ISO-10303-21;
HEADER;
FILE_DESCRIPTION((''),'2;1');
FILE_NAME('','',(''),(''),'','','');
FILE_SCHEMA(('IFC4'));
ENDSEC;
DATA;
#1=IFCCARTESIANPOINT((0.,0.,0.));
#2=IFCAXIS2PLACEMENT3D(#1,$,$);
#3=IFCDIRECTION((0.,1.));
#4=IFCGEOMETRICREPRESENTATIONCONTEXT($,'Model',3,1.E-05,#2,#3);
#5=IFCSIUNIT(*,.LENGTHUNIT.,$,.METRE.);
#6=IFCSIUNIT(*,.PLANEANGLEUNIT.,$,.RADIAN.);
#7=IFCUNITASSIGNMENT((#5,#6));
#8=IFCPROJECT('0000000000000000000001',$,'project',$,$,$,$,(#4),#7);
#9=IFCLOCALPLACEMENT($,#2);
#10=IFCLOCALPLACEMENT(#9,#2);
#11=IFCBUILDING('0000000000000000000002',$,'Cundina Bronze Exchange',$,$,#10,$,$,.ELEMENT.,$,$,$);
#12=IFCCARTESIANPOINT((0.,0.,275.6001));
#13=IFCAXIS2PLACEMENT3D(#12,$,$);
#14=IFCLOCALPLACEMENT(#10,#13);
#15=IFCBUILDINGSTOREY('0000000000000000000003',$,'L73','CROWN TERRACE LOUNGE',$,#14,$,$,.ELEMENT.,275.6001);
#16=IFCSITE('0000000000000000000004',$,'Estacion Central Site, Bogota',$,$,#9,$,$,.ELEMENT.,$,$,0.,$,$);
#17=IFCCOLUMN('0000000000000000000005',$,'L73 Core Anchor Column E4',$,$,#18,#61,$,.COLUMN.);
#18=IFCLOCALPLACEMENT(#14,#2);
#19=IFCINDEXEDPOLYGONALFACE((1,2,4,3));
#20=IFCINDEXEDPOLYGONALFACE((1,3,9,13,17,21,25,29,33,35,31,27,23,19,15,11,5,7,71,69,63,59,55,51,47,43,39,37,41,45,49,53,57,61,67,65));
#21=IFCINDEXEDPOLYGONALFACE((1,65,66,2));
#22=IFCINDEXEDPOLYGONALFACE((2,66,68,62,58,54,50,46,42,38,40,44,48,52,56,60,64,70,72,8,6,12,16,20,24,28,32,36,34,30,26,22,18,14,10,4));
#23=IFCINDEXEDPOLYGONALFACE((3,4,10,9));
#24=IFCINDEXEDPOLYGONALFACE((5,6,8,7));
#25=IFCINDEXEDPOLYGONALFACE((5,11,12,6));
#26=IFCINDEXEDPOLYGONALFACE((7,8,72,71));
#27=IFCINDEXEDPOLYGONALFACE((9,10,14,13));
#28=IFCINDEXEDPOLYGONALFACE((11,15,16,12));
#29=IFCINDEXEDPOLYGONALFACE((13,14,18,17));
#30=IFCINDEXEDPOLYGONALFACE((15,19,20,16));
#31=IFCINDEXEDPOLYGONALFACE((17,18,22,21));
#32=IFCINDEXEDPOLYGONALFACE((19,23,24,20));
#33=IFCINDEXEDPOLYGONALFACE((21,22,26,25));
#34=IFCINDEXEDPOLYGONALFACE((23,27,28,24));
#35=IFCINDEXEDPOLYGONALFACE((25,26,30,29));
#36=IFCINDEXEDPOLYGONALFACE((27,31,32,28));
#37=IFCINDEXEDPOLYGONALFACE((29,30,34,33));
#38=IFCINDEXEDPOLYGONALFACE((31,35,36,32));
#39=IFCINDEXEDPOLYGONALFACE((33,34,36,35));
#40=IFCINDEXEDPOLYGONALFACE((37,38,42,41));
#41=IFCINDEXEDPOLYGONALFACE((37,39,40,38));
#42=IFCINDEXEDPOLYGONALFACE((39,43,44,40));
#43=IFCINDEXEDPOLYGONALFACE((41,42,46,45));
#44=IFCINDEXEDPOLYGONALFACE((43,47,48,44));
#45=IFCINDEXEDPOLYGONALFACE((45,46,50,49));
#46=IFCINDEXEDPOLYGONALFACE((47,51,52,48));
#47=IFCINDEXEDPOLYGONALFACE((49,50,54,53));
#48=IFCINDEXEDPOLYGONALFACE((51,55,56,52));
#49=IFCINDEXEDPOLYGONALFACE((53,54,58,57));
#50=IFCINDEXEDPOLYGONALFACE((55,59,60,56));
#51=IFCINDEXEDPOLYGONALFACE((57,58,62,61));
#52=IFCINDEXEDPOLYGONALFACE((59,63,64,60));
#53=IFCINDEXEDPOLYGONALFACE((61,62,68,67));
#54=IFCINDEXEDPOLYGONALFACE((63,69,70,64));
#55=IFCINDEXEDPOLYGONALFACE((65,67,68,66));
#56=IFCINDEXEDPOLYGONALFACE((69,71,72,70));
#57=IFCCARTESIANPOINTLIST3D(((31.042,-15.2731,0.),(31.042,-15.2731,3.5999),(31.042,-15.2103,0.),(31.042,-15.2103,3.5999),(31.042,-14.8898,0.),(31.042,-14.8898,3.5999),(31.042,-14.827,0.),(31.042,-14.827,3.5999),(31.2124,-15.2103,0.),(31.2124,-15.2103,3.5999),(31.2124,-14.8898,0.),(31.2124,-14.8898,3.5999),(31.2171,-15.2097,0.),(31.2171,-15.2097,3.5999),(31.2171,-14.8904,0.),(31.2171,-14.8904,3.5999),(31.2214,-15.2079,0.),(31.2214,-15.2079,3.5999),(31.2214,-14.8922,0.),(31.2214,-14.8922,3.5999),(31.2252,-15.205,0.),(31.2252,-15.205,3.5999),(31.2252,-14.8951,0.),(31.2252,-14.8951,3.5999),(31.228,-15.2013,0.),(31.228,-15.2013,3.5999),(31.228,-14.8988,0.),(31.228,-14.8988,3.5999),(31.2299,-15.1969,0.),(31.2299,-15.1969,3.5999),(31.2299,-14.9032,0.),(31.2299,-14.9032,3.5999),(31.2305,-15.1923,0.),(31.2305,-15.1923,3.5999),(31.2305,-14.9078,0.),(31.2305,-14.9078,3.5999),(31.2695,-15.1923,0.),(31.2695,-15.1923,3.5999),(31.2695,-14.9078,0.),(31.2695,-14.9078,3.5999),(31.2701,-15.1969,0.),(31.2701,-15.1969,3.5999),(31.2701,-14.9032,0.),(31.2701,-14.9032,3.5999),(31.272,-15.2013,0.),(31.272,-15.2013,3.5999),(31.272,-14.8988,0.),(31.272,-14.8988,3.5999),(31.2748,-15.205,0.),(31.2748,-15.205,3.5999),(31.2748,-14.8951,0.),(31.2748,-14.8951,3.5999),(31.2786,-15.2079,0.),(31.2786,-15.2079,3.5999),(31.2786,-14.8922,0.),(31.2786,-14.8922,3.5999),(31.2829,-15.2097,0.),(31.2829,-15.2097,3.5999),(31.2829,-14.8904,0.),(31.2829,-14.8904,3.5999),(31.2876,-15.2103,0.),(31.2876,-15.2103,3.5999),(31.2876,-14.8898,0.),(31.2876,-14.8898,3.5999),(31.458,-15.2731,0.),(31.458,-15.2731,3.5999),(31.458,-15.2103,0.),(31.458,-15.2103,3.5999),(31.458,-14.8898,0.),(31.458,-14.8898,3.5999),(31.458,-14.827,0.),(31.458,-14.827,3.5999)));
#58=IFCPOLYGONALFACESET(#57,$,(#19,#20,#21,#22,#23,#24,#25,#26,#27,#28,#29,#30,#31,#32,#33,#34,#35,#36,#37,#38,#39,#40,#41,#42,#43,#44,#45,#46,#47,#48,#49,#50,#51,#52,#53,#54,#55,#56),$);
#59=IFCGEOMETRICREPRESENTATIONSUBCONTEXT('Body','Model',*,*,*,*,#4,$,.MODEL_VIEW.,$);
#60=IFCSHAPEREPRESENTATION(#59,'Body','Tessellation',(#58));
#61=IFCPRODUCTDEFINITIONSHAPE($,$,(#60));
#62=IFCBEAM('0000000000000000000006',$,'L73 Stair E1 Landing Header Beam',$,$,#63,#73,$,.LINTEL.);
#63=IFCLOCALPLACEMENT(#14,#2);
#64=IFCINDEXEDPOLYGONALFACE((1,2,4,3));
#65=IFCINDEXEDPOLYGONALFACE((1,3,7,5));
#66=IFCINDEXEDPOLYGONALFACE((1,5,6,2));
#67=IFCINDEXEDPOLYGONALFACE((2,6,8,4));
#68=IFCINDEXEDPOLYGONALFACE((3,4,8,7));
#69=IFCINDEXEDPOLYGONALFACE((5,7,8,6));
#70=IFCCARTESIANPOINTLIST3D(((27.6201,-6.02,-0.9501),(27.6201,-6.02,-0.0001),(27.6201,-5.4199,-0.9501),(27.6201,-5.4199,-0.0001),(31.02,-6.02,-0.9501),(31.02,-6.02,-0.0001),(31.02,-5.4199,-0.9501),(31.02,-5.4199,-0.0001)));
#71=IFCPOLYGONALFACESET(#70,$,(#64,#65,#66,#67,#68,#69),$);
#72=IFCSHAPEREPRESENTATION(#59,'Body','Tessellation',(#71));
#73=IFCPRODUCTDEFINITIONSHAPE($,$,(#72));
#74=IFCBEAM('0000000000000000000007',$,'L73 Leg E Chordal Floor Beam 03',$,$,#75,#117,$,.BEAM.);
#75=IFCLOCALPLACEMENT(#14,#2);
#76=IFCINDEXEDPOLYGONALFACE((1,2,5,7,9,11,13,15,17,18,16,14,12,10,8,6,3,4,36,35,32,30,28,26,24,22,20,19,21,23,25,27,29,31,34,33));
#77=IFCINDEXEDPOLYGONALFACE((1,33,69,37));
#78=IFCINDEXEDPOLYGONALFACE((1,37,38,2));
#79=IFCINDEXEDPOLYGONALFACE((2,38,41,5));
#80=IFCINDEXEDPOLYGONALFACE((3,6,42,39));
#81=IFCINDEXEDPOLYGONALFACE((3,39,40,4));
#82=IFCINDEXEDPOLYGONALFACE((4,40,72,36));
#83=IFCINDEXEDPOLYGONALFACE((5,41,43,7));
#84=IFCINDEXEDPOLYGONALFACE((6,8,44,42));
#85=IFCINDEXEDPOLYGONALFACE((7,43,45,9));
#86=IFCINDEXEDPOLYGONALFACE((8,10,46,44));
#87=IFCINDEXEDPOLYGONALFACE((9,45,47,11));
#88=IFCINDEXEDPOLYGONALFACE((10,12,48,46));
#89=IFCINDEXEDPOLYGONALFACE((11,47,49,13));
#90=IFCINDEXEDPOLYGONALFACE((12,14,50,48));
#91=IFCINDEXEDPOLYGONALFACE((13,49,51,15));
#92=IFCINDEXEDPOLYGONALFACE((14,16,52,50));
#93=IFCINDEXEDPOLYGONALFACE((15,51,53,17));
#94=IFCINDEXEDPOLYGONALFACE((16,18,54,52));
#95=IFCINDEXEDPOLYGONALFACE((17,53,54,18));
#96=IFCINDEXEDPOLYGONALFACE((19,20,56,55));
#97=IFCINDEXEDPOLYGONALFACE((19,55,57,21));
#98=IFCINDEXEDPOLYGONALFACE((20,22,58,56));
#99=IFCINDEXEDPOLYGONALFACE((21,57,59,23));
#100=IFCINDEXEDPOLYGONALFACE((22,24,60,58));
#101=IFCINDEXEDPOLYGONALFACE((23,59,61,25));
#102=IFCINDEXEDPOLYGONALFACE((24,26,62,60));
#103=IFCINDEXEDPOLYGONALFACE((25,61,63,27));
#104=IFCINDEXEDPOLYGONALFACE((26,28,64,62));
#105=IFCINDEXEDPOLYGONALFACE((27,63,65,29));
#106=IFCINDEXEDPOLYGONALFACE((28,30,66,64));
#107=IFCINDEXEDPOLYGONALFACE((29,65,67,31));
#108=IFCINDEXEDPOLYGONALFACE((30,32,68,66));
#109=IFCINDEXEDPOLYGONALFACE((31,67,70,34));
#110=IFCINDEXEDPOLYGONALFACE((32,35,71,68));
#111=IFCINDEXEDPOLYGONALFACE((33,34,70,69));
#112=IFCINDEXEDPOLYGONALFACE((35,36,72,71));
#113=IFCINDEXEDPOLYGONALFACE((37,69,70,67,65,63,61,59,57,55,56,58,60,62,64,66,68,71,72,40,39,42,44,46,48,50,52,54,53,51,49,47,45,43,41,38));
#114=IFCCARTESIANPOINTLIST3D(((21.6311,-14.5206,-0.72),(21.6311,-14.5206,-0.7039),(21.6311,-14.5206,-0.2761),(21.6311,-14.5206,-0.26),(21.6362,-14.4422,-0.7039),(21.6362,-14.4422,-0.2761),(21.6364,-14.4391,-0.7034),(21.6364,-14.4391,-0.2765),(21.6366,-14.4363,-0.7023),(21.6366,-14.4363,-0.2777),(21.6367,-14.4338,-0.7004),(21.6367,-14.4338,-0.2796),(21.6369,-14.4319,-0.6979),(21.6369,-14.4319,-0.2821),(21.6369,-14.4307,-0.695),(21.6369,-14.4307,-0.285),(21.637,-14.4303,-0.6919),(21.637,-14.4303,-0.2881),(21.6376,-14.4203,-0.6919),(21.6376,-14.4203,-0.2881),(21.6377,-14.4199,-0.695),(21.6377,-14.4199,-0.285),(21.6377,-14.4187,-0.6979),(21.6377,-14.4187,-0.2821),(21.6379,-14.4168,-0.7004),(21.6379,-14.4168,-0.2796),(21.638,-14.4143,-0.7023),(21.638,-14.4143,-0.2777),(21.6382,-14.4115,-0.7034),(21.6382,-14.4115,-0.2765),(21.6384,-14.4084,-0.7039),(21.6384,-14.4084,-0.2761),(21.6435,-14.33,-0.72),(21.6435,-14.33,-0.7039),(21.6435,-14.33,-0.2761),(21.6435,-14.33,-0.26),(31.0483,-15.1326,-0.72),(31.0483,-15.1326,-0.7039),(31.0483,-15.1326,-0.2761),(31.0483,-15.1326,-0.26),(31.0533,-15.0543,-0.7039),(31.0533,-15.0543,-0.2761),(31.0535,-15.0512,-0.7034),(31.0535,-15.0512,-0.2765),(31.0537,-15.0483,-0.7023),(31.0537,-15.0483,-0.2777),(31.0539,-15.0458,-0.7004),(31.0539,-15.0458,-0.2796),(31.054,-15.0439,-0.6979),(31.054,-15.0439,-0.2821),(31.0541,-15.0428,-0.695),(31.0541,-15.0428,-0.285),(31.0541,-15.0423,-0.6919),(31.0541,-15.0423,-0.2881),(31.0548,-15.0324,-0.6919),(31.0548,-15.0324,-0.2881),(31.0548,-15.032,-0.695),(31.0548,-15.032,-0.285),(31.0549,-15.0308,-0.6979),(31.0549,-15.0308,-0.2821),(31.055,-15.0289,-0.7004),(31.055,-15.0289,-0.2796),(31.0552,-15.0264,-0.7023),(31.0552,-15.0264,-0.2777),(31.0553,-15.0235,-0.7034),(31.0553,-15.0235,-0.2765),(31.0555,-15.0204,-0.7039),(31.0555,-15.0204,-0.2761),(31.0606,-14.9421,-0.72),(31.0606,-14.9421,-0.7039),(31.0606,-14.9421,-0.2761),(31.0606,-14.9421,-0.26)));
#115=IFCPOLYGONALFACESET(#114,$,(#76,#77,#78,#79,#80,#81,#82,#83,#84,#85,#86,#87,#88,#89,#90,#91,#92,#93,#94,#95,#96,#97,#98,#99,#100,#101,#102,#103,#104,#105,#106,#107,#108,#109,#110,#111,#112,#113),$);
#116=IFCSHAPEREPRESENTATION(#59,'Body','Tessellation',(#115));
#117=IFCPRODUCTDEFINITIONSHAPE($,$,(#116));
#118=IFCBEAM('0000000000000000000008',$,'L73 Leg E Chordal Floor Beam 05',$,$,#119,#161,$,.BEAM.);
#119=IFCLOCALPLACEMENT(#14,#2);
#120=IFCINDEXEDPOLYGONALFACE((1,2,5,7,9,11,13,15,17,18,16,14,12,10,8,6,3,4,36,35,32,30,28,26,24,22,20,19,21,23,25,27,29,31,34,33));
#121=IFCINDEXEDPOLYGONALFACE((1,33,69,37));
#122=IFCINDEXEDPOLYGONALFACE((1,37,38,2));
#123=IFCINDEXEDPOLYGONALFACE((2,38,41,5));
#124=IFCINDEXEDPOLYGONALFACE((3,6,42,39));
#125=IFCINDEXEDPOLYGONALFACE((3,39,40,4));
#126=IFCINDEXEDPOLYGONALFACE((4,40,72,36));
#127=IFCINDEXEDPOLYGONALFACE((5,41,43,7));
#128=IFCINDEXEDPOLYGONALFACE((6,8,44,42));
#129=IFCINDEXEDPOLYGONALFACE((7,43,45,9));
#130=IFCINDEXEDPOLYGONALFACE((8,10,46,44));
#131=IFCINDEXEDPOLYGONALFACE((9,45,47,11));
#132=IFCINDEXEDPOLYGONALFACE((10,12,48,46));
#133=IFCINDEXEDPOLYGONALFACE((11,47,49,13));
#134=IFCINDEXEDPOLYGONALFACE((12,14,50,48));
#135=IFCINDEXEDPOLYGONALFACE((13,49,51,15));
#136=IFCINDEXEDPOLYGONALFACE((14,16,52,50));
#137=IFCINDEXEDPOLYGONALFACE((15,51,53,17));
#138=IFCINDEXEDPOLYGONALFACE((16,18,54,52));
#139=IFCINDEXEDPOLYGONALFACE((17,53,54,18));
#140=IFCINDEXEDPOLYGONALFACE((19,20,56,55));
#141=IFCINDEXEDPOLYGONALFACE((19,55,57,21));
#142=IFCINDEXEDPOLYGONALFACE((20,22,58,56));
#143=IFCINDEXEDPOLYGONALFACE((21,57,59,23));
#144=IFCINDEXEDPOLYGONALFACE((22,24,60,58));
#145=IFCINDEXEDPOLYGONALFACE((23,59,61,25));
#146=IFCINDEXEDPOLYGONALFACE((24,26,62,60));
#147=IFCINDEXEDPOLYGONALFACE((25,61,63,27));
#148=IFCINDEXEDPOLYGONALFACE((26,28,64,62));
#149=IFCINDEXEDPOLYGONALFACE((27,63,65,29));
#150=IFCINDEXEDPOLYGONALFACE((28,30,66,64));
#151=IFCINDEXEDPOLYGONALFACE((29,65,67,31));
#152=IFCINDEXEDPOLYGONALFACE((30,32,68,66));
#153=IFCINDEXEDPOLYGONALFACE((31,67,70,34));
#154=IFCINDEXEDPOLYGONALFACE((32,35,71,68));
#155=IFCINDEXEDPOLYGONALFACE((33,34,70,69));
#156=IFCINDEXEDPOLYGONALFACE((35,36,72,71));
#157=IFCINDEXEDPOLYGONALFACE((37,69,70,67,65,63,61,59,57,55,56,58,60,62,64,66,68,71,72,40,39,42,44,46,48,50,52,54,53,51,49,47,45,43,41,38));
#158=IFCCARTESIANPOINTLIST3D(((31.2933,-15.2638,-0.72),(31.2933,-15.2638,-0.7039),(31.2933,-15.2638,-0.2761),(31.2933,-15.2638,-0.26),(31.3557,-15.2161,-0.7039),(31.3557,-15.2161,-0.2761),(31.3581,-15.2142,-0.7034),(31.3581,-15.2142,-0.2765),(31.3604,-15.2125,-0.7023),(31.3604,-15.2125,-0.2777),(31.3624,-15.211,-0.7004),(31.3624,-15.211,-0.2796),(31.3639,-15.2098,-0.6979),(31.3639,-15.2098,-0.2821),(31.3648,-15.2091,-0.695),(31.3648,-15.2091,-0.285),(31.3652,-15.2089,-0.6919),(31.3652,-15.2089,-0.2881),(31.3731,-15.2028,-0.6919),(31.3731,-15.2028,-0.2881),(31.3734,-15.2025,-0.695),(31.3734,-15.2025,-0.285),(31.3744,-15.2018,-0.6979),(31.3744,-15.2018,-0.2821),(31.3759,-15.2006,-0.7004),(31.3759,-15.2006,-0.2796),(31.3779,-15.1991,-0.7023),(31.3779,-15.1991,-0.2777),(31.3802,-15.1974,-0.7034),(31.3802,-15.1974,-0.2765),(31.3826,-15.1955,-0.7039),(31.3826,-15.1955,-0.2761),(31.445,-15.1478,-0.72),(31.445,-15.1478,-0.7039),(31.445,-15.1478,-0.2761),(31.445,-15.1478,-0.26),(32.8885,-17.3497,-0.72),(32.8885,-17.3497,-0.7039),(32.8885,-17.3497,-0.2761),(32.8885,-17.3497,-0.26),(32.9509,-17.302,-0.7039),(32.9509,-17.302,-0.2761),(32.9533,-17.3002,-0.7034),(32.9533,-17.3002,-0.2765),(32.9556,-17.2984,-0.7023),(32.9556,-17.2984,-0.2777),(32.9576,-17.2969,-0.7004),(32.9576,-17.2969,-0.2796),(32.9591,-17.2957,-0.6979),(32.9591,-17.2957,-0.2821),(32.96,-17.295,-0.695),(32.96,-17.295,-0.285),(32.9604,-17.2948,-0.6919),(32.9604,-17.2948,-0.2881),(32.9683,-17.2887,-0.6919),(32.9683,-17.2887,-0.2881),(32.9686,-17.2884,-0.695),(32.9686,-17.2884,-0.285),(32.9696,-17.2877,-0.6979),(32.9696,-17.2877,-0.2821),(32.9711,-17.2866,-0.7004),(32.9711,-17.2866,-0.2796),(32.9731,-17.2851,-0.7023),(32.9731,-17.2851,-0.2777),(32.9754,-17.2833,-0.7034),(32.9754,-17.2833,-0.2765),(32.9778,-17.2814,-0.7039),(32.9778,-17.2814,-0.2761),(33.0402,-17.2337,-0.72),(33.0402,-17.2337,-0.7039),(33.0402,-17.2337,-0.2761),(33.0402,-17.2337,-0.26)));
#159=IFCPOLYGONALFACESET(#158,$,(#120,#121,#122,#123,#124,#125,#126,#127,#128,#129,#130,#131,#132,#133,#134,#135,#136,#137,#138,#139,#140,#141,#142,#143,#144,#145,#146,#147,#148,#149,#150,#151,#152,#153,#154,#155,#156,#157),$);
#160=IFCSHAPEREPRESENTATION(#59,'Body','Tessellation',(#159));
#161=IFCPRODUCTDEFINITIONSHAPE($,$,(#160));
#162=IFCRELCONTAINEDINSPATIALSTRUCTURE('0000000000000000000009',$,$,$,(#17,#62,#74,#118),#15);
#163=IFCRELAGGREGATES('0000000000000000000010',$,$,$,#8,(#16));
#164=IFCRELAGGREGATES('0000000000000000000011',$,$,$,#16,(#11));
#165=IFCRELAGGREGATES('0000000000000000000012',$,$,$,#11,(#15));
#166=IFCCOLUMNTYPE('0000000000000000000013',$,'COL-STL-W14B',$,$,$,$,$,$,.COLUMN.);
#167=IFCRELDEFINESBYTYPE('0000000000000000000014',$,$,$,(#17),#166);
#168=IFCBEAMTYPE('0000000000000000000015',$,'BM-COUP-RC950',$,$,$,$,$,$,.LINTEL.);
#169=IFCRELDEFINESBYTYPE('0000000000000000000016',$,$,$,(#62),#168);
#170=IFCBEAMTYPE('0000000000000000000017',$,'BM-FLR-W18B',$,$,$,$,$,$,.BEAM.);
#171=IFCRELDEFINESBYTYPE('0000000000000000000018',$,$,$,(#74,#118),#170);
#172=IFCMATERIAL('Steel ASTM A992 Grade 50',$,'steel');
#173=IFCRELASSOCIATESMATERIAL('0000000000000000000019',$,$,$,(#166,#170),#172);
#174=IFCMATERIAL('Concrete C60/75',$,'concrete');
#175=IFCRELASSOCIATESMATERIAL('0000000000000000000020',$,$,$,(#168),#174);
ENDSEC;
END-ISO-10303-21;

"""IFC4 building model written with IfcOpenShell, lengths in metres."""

from ifc_helpers import new_model, si_unit, direction, frame, origin, origin_2d, place, context, subcontext, project, spatial, rectangle, i_section, extrude, material, material_profile, profile_set, type_object, element, save


model = new_model("IFC4")

# Units and contexts
model_context = context("Model", 3, precision=1e-05, world=origin(), true_north=direction((0.0, 1.0)))
body_context = subcontext(model_context, "Body", "Model", "MODEL_VIEW")
ifc_project = project(units=[si_unit("LENGTHUNIT", "METRE"), si_unit("PLANEANGLEUNIT", "RADIAN")], contexts=[model_context])

# Site, building, storey
site_placement = place(None, origin())
site = spatial("IfcSite", under=ifc_project, at=site_placement, Name="Estacion Central Site, Bogota", CompositionType="ELEMENT", RefElevation=0.0)
building_placement = place(site_placement, origin())
building = spatial("IfcBuilding", under=site, at=building_placement, Name="Cundina Bronze Exchange", CompositionType="ELEMENT")
storey_placement = place(building_placement, frame((0.0, 0.0, 275.6001)))
storey = spatial("IfcBuildingStorey", under=building, at=storey_placement, Name="L73", Description="CROWN TERRACE LOUNGE", CompositionType="ELEMENT", Elevation=275.6001)

# Column
ifc_material_1 = material(Name="Steel ASTM A992 Grade 50", Category="steel")
ifc_material_profile_1 = material_profile(ifc_material_1, i_section(OverallWidth=0.416, OverallDepth=0.446, WebThickness=0.0391, FlangeThickness=0.0627, FilletRadius=0.0181, at=origin_2d()), Name="W14X342", Category="steel")
ifc_profile_set_1 = profile_set([ifc_material_profile_1], Name="Steel ASTM A992 Grade 50")
column_type = type_object("IfcColumnType", Name="COL-STL-W14B", PredefinedType="COLUMN", material=ifc_profile_set_1)
column_placement = place(storey_placement, frame((31.25, -15.05, 0.0), z_axis=(0.0, 0.0, 1.0), x_axis=(1.0, 0.0, 0.0)))
element("IfcColumn", 1, at=column_placement, inside=storey, type_object=column_type, Name="L73 Core Anchor Column E4", PredefinedType="COLUMN", context=body_context, shape_type="SweptSolid", body=[
    extrude(i_section(OverallWidth=0.416, OverallDepth=0.446, WebThickness=0.0391, FlangeThickness=0.0627, FilletRadius=0.0181, at=origin_2d()), origin(), (0.0, 0.0, 1.0), 3.5999),
])

# Beams
ifc_material_2 = material(Name="Concrete C60/75", Category="concrete")
ifc_material_profile_2 = material_profile(ifc_material_2, rectangle(XDim=0.6001, YDim=0.95, at=origin_2d()), Name="RC600X950", Category="concrete")
ifc_profile_set_2 = profile_set([ifc_material_profile_2], Name="Concrete C60/75")
beam_type_1 = type_object("IfcBeamType", Name="BM-COUP-RC950", PredefinedType="LINTEL", material=ifc_profile_set_2)
beam_1_placement = place(storey_placement, frame((27.6201, -5.72, -0.4751), z_axis=(1.0, 0.0, 0.0), x_axis=(0.0, 1.0, 0.0)))
element("IfcBeam", 2, at=beam_1_placement, inside=storey, type_object=beam_type_1, Name="L73 Stair E1 Landing Header Beam", PredefinedType="LINTEL", context=body_context, shape_type="SweptSolid", body=[
    extrude(rectangle(XDim=0.6001, YDim=0.95, at=origin_2d()), origin(), (0.0, 0.0, 1.0), 3.3999),
])
ifc_material_profile_3 = material_profile(ifc_material_1, i_section(OverallWidth=0.1909, OverallDepth=0.46, WebThickness=0.01, FlangeThickness=0.0161, FilletRadius=0.012, at=origin_2d()), Name="W18X55", Category="steel")
ifc_profile_set_3 = profile_set([ifc_material_profile_3], Name="Steel ASTM A992 Grade 50")
beam_type_2 = type_object("IfcBeamType", Name="BM-FLR-W18B", PredefinedType="BEAM", material=ifc_profile_set_3)
beam_2_placement = place(storey_placement, frame((31.0544, -15.0374, -0.49), z_axis=(-0.997895, 0.064857, 0.0), x_axis=(-0.064857, -0.997895, 0.0)))
element("IfcBeam", 3, at=beam_2_placement, inside=storey, type_object=beam_type_2, Name="L73 Leg E Chordal Floor Beam 03", PredefinedType="BEAM", context=body_context, shape_type="SweptSolid", body=[
    extrude(i_section(OverallWidth=0.1909, OverallDepth=0.46, WebThickness=0.01, FlangeThickness=0.0161, FilletRadius=0.012, at=origin_2d()), origin(), (0.0, 0.0, 1.0), 9.437),
])
beam_3_placement = place(storey_placement, frame((31.3691, -15.2058, -0.49), z_axis=(0.607471, -0.794342, 0.0), x_axis=(0.794342, 0.607471, 0.0)))
element("IfcBeam", 4, at=beam_3_placement, inside=storey, type_object=beam_type_2, Name="L73 Leg E Chordal Floor Beam 05", PredefinedType="BEAM", context=body_context, shape_type="SweptSolid", body=[
    extrude(i_section(OverallWidth=0.1909, OverallDepth=0.46, WebThickness=0.01, FlangeThickness=0.0161, FilletRadius=0.012, at=origin_2d()), origin(), (0.0, 0.0, 1.0), 2.626),
])

save(model, "model.ifc")
